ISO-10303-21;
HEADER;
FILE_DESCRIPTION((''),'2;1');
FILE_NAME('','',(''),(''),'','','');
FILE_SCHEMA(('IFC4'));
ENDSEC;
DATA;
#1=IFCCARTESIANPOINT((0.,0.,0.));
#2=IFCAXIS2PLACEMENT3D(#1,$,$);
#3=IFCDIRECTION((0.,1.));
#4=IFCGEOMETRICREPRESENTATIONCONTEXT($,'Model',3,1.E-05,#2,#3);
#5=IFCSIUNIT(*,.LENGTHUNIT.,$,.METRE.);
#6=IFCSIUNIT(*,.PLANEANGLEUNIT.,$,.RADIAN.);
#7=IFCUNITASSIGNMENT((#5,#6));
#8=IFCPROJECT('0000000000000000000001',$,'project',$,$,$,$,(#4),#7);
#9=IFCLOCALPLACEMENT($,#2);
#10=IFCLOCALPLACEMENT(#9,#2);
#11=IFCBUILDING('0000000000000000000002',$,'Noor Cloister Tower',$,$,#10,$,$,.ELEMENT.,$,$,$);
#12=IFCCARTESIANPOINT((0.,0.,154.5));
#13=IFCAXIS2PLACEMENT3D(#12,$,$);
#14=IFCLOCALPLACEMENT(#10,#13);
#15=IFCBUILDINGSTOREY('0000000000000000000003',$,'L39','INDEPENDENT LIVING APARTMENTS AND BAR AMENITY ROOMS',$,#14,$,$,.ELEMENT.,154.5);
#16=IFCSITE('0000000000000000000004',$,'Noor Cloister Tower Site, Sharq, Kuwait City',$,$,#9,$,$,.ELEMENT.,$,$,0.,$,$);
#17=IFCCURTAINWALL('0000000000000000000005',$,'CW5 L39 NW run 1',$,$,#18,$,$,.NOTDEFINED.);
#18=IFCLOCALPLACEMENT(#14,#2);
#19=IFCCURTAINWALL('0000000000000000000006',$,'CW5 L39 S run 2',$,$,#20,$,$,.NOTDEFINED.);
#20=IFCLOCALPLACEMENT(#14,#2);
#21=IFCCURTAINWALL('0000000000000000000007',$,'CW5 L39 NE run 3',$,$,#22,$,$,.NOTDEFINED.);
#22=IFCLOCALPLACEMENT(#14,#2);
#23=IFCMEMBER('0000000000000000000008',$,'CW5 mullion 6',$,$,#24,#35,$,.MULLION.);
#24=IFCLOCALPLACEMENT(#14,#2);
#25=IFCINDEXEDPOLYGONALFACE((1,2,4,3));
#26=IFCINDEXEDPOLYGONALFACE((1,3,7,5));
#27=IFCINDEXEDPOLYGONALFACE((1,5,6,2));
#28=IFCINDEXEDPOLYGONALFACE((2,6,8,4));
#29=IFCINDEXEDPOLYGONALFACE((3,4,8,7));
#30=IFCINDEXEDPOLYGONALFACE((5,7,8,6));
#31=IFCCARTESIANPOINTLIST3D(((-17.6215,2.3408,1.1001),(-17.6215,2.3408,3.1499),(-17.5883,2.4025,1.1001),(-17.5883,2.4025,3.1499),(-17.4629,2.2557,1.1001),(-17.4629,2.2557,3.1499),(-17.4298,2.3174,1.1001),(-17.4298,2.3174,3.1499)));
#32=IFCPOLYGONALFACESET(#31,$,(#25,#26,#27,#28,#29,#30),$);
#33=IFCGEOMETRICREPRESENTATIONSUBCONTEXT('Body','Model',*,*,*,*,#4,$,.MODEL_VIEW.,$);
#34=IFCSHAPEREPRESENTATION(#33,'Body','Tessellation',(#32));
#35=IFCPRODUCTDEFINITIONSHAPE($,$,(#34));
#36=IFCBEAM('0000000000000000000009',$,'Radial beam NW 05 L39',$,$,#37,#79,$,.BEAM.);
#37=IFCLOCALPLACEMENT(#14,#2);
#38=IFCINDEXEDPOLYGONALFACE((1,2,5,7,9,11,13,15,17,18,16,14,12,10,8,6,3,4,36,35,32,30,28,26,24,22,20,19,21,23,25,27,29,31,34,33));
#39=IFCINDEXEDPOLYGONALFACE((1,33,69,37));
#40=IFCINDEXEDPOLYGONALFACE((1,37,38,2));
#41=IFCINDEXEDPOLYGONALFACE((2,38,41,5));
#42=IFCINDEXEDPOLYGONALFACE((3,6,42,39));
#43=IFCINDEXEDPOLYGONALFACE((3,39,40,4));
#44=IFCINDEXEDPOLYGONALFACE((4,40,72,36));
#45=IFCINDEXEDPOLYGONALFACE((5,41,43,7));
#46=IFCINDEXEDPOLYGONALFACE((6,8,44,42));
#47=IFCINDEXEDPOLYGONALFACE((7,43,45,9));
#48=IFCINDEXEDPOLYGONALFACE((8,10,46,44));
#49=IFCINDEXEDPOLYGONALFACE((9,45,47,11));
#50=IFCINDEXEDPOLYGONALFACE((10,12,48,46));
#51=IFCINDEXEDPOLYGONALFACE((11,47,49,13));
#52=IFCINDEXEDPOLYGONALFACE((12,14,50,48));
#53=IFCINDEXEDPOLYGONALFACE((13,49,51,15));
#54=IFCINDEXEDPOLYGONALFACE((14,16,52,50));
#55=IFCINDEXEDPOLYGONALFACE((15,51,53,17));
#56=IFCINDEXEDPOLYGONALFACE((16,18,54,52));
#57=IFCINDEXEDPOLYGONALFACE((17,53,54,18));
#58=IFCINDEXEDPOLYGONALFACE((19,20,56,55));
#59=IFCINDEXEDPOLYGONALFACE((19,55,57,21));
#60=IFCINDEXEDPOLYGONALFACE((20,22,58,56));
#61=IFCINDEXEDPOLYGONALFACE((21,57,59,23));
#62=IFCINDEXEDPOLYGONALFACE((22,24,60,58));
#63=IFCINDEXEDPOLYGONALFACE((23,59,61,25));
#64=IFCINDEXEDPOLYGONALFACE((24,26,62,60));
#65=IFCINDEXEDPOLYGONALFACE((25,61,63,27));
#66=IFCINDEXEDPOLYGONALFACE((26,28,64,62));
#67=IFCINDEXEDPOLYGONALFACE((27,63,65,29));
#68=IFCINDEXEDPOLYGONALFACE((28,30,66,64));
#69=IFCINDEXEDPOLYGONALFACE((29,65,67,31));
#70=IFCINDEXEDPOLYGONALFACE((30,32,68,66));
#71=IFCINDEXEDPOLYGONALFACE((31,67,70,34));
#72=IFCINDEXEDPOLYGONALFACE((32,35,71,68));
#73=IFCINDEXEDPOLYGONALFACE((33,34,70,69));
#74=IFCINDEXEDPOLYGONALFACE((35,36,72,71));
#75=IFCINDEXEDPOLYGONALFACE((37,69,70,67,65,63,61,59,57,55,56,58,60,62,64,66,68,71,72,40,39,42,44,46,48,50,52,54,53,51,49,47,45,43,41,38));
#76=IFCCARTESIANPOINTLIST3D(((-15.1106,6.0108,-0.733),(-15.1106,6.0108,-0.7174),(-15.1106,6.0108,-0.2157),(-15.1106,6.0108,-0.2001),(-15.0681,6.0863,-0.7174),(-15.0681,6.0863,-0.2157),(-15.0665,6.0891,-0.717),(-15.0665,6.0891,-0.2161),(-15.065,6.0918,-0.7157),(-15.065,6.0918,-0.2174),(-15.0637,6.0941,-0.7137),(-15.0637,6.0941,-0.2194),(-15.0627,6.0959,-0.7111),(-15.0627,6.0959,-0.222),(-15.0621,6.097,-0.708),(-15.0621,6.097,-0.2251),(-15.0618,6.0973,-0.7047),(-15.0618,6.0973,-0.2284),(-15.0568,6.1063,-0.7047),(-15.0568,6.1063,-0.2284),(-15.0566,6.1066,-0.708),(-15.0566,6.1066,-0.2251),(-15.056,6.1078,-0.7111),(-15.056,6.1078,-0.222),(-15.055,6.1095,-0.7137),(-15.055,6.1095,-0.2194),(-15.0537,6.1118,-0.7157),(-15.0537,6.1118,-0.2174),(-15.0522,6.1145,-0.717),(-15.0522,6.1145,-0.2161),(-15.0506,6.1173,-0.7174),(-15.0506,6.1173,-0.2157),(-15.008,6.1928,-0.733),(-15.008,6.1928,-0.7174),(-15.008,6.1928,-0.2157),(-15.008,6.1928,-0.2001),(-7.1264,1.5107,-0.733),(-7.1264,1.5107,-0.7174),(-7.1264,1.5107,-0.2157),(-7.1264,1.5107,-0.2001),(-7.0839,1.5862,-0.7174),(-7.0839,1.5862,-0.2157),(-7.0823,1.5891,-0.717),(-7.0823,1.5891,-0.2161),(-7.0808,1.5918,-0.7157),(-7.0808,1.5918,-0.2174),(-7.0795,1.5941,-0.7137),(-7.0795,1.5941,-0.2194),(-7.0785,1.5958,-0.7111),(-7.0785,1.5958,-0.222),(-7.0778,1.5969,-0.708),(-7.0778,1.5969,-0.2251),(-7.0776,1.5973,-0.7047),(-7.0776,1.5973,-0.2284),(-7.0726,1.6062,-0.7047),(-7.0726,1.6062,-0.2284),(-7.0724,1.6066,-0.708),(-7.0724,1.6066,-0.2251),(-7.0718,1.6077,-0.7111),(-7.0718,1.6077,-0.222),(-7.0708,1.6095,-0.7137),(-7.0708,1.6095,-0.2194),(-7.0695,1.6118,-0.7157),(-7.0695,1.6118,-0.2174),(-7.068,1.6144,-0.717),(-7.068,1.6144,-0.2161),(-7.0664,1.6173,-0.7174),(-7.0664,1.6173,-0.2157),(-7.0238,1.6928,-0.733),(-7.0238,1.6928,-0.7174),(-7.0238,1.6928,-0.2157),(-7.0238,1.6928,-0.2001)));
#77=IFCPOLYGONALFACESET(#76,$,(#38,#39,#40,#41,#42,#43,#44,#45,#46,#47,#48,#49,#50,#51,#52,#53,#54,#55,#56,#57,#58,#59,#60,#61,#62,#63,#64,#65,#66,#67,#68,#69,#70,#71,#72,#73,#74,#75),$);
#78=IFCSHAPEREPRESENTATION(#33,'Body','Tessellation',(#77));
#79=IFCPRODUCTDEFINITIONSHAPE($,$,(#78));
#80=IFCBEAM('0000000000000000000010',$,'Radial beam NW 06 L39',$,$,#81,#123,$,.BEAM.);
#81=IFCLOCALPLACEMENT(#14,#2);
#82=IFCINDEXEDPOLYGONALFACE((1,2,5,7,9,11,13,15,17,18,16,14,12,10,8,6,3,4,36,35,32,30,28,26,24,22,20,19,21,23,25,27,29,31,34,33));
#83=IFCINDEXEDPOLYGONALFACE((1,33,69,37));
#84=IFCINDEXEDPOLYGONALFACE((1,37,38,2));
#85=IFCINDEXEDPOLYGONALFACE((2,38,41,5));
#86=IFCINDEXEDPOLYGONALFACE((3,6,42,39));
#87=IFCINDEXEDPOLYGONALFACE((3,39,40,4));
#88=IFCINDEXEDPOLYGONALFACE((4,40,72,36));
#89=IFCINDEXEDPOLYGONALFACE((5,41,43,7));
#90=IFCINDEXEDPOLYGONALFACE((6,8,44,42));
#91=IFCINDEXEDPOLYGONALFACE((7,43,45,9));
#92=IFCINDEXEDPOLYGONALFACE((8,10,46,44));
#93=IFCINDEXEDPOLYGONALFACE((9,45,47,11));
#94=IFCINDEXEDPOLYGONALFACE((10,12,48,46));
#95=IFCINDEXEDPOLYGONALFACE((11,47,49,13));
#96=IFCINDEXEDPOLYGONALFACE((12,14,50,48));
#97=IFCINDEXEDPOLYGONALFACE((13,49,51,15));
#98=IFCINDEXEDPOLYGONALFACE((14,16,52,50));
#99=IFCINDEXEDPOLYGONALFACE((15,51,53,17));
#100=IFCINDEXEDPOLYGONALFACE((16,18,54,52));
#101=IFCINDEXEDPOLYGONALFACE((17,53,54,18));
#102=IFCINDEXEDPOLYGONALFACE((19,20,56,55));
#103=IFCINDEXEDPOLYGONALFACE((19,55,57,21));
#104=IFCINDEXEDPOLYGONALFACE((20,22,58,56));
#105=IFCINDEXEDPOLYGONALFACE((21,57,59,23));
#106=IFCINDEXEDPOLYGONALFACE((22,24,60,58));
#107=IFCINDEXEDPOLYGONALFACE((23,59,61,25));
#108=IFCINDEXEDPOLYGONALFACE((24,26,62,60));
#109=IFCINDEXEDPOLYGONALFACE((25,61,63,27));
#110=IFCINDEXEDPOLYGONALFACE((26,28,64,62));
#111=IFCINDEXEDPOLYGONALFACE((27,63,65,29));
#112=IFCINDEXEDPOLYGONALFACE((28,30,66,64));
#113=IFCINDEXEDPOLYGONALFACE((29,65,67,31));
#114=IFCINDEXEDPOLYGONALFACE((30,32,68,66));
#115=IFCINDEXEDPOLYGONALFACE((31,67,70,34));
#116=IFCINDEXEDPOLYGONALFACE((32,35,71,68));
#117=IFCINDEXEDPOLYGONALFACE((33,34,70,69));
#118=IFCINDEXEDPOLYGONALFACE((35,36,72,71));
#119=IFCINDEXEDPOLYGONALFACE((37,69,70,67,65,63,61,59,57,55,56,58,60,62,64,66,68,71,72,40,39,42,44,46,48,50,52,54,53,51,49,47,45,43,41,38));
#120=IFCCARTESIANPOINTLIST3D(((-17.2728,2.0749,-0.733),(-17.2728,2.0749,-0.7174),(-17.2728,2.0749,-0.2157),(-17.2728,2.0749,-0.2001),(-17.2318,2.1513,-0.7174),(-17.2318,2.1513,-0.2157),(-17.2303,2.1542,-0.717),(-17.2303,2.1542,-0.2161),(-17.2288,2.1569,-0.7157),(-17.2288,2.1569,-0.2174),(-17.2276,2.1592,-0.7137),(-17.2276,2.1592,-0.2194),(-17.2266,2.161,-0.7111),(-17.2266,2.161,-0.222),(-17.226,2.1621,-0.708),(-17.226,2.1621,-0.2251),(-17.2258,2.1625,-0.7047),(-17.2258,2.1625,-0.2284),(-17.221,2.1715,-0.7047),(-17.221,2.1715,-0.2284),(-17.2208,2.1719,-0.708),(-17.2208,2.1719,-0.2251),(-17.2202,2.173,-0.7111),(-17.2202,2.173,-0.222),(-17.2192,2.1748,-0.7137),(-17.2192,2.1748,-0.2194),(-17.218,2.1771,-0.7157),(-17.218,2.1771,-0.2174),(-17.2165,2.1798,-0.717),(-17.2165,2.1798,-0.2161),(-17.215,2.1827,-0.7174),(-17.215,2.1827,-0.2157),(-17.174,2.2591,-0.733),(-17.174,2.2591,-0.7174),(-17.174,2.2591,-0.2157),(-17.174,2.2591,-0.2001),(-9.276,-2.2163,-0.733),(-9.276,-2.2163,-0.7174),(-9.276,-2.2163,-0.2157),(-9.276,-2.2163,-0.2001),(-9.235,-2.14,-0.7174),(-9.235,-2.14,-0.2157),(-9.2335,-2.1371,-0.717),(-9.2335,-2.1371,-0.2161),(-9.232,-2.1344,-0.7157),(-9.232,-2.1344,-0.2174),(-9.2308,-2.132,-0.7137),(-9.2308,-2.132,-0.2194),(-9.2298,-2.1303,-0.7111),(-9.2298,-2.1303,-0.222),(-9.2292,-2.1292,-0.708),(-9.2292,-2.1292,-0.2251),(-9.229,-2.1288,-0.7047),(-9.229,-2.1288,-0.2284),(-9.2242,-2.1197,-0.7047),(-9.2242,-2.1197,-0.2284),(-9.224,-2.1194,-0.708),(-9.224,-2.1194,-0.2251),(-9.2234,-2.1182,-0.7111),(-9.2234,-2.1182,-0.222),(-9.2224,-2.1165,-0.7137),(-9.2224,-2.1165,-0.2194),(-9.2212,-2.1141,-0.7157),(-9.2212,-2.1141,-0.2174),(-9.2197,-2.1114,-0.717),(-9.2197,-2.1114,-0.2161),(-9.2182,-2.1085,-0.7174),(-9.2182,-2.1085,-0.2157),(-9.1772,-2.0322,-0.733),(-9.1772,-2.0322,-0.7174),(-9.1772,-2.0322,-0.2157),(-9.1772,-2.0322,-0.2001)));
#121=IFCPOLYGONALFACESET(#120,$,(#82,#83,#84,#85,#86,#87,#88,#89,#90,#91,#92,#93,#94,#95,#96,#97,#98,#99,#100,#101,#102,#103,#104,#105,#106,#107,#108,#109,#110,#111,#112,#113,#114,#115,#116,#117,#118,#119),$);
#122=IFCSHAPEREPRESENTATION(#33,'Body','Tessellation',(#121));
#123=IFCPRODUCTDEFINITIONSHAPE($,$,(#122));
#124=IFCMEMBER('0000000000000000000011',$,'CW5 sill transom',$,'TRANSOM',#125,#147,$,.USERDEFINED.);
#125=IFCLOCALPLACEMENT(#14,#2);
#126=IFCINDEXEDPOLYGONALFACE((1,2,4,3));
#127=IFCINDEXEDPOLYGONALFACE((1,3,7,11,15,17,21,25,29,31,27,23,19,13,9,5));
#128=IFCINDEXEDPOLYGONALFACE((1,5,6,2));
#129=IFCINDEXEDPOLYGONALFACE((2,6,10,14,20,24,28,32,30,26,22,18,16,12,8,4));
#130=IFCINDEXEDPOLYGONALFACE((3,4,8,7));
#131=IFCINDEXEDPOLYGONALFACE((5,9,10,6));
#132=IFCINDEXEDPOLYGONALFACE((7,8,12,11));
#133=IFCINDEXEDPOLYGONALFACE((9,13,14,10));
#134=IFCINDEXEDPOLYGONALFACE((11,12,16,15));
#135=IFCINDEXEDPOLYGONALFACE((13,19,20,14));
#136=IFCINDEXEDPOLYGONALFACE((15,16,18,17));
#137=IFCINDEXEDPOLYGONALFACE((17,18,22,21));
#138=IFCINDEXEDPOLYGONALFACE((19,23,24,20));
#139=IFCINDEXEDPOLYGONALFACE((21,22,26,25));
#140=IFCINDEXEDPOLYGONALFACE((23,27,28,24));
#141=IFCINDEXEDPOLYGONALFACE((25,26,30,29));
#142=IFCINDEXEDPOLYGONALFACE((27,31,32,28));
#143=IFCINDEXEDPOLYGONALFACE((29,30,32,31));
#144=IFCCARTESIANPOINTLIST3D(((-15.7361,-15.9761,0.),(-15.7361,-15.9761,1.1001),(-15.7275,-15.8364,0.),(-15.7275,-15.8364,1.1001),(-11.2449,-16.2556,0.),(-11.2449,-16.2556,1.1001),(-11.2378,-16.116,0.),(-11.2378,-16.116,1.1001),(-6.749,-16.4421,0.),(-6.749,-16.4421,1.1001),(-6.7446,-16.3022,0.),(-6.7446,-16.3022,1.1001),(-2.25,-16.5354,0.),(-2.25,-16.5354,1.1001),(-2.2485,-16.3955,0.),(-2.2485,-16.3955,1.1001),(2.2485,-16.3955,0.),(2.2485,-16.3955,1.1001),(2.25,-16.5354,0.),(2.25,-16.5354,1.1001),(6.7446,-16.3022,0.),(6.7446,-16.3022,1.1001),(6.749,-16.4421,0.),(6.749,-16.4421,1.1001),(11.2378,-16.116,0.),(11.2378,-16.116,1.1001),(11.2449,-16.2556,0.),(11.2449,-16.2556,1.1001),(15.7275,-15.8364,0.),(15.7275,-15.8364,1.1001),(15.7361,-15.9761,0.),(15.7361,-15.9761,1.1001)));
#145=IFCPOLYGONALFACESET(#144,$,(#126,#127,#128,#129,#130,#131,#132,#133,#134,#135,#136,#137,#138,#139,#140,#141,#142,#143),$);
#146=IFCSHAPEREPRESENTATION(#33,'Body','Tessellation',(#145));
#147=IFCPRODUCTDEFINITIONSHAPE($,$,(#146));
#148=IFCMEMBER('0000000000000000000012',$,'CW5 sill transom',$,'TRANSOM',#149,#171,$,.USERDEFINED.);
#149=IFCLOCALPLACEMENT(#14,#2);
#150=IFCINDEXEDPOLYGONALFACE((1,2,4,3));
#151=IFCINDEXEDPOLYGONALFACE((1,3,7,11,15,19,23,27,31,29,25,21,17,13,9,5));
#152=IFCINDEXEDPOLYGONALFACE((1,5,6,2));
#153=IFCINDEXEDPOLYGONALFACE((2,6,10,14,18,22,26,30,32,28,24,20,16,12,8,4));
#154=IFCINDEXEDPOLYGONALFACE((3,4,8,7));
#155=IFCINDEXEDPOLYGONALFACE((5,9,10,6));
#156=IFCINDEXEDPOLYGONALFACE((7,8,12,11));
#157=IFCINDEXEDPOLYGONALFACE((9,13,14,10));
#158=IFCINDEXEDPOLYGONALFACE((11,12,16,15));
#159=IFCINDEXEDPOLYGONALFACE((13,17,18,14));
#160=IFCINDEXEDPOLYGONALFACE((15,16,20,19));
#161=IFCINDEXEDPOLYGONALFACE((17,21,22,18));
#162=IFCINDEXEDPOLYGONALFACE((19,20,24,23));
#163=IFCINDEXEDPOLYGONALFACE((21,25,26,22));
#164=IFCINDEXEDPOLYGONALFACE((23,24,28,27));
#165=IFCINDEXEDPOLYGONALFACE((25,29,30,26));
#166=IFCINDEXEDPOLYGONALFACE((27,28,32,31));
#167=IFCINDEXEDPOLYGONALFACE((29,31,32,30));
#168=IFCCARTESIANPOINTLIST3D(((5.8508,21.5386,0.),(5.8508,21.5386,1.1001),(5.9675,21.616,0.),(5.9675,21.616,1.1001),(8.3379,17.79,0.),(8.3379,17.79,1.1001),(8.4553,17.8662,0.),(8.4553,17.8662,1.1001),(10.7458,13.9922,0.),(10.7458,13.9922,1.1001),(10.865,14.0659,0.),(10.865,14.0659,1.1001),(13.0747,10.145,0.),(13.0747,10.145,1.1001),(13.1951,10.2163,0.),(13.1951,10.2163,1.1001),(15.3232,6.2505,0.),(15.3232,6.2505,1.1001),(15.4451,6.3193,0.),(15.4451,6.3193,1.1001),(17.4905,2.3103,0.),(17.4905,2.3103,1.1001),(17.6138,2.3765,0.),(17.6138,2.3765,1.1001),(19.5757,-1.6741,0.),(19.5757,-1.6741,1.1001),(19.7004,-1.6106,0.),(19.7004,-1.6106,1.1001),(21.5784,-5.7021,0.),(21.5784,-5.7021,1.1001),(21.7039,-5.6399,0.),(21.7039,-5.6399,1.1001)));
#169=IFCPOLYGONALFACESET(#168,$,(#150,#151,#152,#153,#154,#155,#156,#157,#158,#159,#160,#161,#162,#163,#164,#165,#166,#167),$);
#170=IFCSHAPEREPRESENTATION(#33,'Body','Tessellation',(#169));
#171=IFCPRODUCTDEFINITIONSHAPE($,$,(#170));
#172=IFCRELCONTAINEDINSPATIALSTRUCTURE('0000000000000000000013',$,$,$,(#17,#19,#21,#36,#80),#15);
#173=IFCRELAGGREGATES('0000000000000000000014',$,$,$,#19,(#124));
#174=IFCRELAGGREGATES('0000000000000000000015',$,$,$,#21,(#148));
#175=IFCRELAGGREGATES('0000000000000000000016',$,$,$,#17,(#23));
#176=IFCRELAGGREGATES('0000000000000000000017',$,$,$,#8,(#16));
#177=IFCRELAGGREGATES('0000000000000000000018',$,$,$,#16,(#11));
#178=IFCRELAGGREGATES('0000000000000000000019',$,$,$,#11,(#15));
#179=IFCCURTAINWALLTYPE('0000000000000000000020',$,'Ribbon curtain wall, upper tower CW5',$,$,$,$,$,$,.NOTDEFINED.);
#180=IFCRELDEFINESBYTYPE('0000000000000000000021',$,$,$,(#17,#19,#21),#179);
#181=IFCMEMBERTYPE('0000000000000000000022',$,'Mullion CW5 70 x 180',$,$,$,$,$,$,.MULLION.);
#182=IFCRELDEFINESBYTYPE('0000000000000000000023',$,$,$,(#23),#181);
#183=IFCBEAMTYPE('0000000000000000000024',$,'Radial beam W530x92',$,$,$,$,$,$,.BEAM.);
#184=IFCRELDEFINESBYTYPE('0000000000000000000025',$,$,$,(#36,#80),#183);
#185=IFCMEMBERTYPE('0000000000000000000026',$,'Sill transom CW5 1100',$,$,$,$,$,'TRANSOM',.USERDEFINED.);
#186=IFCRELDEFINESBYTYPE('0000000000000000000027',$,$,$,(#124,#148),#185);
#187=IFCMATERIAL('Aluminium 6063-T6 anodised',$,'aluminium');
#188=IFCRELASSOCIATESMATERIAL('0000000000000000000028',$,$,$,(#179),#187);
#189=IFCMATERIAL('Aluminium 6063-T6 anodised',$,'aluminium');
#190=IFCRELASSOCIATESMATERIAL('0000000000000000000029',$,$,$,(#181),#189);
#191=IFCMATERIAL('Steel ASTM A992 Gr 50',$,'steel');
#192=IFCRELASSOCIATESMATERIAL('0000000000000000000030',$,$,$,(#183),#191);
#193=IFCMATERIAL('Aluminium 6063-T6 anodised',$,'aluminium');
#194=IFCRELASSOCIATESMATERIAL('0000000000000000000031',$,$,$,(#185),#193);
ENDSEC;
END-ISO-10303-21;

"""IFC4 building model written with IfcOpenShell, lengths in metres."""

from ifc_helpers import new_model, si_unit, direction, frame, origin, origin_2d, place, context, subcontext, project, spatial, polyline, rectangle, i_section, outline, extrude, material, material_profile, profile_set, type_object, element, aggregate, save


model = new_model("IFC4")

# Units and contexts
model_context = context("Model", 3, precision=1e-05, world=origin(), true_north=direction((0.0, 1.0)))
body_context = subcontext(model_context, "Body", "Model", "MODEL_VIEW")
ifc_project = project(units=[si_unit("LENGTHUNIT", "METRE"), si_unit("PLANEANGLEUNIT", "RADIAN")], contexts=[model_context])

# Site, building, storey
site_placement = place(None, origin())
site = spatial("IfcSite", under=ifc_project, at=site_placement, Name="Noor Cloister Tower Site, Sharq, Kuwait City", CompositionType="ELEMENT", RefElevation=0.0)
building_placement = place(site_placement, origin())
building = spatial("IfcBuilding", under=site, at=building_placement, Name="Noor Cloister Tower", CompositionType="ELEMENT")
storey_placement = place(building_placement, frame((0.0, 0.0, 154.5)))
storey = spatial("IfcBuildingStorey", under=building, at=storey_placement, Name="L39", Description="INDEPENDENT LIVING APARTMENTS AND BAR AMENITY ROOMS", CompositionType="ELEMENT", Elevation=154.5)

# Curtain walls
ifc_material_1 = material(Name="Aluminium 6063-T6 anodised", Category="aluminium")
curtain_wall_type = type_object("IfcCurtainWallType", Name="Ribbon curtain wall, upper tower CW5", PredefinedType="NOTDEFINED", material=ifc_material_1)
curtain_wall_1_placement = place(storey_placement, origin())
curtain_wall_1 = element("IfcCurtainWall", 1, at=curtain_wall_1_placement, inside=storey, type_object=curtain_wall_type, Name="CW5 L39 NW run 1", PredefinedType="NOTDEFINED")
curtain_wall_2_placement = place(storey_placement, origin())
curtain_wall_2 = element("IfcCurtainWall", 2, at=curtain_wall_2_placement, inside=storey, type_object=curtain_wall_type, Name="CW5 L39 S run 2", PredefinedType="NOTDEFINED")
curtain_wall_3_placement = place(storey_placement, origin())
curtain_wall_3 = element("IfcCurtainWall", 3, at=curtain_wall_3_placement, inside=storey, type_object=curtain_wall_type, Name="CW5 L39 NE run 3", PredefinedType="NOTDEFINED")

# Member
ifc_material_2 = material(Name="Aluminium 6063-T6 anodised", Category="aluminium")
ifc_material_profile_1 = material_profile(ifc_material_2, rectangle(XDim=0.1799, YDim=0.0701, at=origin_2d()), Name="180 x 70 mullion")
ifc_profile_set_1 = profile_set([ifc_material_profile_1], Name="Aluminium 6063-T6 anodised")
member_type_1 = type_object("IfcMemberType", Name="Mullion CW5 70 x 180", PredefinedType="MULLION", material=ifc_profile_set_1)
member_1_placement = place(storey_placement, frame((-17.5256, 2.3291, 1.1001), z_axis=(0.0, 0.0, 1.0), x_axis=(0.881151, -0.472835, 0.0)))
member_1 = element("IfcMember", 4, at=member_1_placement, type_object=member_type_1, Name="CW5 mullion 6", PredefinedType="MULLION", context=body_context, shape_type="SweptSolid", body=[
    extrude(rectangle(XDim=0.1799, YDim=0.0701, at=origin_2d()), origin(), (0.0, 0.0, 1.0), 2.0498),
])

# Beams
ifc_material_3 = material(Name="Steel ASTM A992 Gr 50", Category="steel")
ifc_material_profile_2 = material_profile(ifc_material_3, i_section(OverallWidth=0.209, OverallDepth=0.533, WebThickness=0.0103, FlangeThickness=0.0156, FilletRadius=0.0127, at=origin_2d()), Name="W530x92")
ifc_profile_set_2 = profile_set([ifc_material_profile_2], Name="Steel ASTM A992 Gr 50")
beam_type_1 = type_object("IfcBeamType", Name="Radial beam W530x92", PredefinedType="BEAM", material=ifc_profile_set_2)
beam_1_placement = place(storey_placement, frame((-15.0593, 6.1018, -0.4666), z_axis=(0.871159, -0.491001, 0.0), x_axis=(0.491001, 0.871159, 0.0)))
element("IfcBeam", 5, at=beam_1_placement, inside=storey, type_object=beam_type_1, Name="Radial beam NW 05 L39", PredefinedType="BEAM", context=body_context, shape_type="SweptSolid", body=[
    extrude(i_section(OverallWidth=0.209, OverallDepth=0.533, WebThickness=0.0103, FlangeThickness=0.0156, FilletRadius=0.0127, at=origin_2d()), origin(), (0.0, 0.0, 1.0), 9.165),
])
beam_2_placement = place(storey_placement, frame((-17.2234, 2.167, -0.4666), z_axis=(0.881147, -0.472842, 0.0), x_axis=(0.472842, 0.881147, 0.0)))
element("IfcBeam", 6, at=beam_2_placement, inside=storey, type_object=beam_type_1, Name="Radial beam NW 06 L39", PredefinedType="BEAM", context=body_context, shape_type="SweptSolid", body=[
    extrude(i_section(OverallWidth=0.209, OverallDepth=0.533, WebThickness=0.0103, FlangeThickness=0.0156, FilletRadius=0.0127, at=origin_2d()), origin(), (0.0, 0.0, 1.0), 9.0754),
])

# Members
ifc_material_4 = material(Name="Aluminium 6063-T6 anodised", Category="aluminium")
member_type_2 = type_object("IfcMemberType", Name="Sill transom CW5 1100", ElementType="TRANSOM", PredefinedType="USERDEFINED", material=ifc_material_4)
member_2_placement = place(storey_placement, origin())
member_2 = element("IfcMember", 7, at=member_2_placement, type_object=member_type_2, Name="CW5 sill transom", ObjectType="TRANSOM", PredefinedType="USERDEFINED", context=body_context, shape_type="SweptSolid", body=[
    extrude(outline(polyline([(-15.7361, -15.9761), (-11.2449, -16.2556), (-6.749, -16.4421), (-2.25, -16.5354), (2.25, -16.5354), (6.749, -16.4421), (11.2449, -16.2556), (15.7361, -15.9761), (15.7275, -15.8364), (11.2378, -16.116), (6.7446, -16.3022), (2.2485, -16.3955), (-2.2485, -16.3955), (-6.7446, -16.3022), (-11.2378, -16.116), (-15.7275, -15.8364), (-15.7361, -15.9761)])), origin(), (0.0, 0.0, 1.0), 1.1001),
])
aggregate(curtain_wall_2, [member_2])
member_3_placement = place(storey_placement, origin())
member_3 = element("IfcMember", 8, at=member_3_placement, type_object=member_type_2, Name="CW5 sill transom", ObjectType="TRANSOM", PredefinedType="USERDEFINED", context=body_context, shape_type="SweptSolid", body=[
    extrude(outline(polyline([(21.7039, -5.6399), (19.7004, -1.6106), (17.6138, 2.3765), (15.4451, 6.3193), (13.1951, 10.2163), (10.865, 14.0659), (8.4553, 17.8662), (5.9675, 21.616), (5.8508, 21.5386), (8.3379, 17.79), (10.7458, 13.9922), (13.0747, 10.145), (15.3232, 6.2505), (17.4905, 2.3103), (19.5757, -1.6741), (21.5784, -5.7021), (21.7039, -5.6399)])), origin(), (0.0, 0.0, 1.0), 1.1001),
])
aggregate(curtain_wall_3, [member_3])

aggregate(curtain_wall_1, [member_1])

save(model, "model.ifc")
